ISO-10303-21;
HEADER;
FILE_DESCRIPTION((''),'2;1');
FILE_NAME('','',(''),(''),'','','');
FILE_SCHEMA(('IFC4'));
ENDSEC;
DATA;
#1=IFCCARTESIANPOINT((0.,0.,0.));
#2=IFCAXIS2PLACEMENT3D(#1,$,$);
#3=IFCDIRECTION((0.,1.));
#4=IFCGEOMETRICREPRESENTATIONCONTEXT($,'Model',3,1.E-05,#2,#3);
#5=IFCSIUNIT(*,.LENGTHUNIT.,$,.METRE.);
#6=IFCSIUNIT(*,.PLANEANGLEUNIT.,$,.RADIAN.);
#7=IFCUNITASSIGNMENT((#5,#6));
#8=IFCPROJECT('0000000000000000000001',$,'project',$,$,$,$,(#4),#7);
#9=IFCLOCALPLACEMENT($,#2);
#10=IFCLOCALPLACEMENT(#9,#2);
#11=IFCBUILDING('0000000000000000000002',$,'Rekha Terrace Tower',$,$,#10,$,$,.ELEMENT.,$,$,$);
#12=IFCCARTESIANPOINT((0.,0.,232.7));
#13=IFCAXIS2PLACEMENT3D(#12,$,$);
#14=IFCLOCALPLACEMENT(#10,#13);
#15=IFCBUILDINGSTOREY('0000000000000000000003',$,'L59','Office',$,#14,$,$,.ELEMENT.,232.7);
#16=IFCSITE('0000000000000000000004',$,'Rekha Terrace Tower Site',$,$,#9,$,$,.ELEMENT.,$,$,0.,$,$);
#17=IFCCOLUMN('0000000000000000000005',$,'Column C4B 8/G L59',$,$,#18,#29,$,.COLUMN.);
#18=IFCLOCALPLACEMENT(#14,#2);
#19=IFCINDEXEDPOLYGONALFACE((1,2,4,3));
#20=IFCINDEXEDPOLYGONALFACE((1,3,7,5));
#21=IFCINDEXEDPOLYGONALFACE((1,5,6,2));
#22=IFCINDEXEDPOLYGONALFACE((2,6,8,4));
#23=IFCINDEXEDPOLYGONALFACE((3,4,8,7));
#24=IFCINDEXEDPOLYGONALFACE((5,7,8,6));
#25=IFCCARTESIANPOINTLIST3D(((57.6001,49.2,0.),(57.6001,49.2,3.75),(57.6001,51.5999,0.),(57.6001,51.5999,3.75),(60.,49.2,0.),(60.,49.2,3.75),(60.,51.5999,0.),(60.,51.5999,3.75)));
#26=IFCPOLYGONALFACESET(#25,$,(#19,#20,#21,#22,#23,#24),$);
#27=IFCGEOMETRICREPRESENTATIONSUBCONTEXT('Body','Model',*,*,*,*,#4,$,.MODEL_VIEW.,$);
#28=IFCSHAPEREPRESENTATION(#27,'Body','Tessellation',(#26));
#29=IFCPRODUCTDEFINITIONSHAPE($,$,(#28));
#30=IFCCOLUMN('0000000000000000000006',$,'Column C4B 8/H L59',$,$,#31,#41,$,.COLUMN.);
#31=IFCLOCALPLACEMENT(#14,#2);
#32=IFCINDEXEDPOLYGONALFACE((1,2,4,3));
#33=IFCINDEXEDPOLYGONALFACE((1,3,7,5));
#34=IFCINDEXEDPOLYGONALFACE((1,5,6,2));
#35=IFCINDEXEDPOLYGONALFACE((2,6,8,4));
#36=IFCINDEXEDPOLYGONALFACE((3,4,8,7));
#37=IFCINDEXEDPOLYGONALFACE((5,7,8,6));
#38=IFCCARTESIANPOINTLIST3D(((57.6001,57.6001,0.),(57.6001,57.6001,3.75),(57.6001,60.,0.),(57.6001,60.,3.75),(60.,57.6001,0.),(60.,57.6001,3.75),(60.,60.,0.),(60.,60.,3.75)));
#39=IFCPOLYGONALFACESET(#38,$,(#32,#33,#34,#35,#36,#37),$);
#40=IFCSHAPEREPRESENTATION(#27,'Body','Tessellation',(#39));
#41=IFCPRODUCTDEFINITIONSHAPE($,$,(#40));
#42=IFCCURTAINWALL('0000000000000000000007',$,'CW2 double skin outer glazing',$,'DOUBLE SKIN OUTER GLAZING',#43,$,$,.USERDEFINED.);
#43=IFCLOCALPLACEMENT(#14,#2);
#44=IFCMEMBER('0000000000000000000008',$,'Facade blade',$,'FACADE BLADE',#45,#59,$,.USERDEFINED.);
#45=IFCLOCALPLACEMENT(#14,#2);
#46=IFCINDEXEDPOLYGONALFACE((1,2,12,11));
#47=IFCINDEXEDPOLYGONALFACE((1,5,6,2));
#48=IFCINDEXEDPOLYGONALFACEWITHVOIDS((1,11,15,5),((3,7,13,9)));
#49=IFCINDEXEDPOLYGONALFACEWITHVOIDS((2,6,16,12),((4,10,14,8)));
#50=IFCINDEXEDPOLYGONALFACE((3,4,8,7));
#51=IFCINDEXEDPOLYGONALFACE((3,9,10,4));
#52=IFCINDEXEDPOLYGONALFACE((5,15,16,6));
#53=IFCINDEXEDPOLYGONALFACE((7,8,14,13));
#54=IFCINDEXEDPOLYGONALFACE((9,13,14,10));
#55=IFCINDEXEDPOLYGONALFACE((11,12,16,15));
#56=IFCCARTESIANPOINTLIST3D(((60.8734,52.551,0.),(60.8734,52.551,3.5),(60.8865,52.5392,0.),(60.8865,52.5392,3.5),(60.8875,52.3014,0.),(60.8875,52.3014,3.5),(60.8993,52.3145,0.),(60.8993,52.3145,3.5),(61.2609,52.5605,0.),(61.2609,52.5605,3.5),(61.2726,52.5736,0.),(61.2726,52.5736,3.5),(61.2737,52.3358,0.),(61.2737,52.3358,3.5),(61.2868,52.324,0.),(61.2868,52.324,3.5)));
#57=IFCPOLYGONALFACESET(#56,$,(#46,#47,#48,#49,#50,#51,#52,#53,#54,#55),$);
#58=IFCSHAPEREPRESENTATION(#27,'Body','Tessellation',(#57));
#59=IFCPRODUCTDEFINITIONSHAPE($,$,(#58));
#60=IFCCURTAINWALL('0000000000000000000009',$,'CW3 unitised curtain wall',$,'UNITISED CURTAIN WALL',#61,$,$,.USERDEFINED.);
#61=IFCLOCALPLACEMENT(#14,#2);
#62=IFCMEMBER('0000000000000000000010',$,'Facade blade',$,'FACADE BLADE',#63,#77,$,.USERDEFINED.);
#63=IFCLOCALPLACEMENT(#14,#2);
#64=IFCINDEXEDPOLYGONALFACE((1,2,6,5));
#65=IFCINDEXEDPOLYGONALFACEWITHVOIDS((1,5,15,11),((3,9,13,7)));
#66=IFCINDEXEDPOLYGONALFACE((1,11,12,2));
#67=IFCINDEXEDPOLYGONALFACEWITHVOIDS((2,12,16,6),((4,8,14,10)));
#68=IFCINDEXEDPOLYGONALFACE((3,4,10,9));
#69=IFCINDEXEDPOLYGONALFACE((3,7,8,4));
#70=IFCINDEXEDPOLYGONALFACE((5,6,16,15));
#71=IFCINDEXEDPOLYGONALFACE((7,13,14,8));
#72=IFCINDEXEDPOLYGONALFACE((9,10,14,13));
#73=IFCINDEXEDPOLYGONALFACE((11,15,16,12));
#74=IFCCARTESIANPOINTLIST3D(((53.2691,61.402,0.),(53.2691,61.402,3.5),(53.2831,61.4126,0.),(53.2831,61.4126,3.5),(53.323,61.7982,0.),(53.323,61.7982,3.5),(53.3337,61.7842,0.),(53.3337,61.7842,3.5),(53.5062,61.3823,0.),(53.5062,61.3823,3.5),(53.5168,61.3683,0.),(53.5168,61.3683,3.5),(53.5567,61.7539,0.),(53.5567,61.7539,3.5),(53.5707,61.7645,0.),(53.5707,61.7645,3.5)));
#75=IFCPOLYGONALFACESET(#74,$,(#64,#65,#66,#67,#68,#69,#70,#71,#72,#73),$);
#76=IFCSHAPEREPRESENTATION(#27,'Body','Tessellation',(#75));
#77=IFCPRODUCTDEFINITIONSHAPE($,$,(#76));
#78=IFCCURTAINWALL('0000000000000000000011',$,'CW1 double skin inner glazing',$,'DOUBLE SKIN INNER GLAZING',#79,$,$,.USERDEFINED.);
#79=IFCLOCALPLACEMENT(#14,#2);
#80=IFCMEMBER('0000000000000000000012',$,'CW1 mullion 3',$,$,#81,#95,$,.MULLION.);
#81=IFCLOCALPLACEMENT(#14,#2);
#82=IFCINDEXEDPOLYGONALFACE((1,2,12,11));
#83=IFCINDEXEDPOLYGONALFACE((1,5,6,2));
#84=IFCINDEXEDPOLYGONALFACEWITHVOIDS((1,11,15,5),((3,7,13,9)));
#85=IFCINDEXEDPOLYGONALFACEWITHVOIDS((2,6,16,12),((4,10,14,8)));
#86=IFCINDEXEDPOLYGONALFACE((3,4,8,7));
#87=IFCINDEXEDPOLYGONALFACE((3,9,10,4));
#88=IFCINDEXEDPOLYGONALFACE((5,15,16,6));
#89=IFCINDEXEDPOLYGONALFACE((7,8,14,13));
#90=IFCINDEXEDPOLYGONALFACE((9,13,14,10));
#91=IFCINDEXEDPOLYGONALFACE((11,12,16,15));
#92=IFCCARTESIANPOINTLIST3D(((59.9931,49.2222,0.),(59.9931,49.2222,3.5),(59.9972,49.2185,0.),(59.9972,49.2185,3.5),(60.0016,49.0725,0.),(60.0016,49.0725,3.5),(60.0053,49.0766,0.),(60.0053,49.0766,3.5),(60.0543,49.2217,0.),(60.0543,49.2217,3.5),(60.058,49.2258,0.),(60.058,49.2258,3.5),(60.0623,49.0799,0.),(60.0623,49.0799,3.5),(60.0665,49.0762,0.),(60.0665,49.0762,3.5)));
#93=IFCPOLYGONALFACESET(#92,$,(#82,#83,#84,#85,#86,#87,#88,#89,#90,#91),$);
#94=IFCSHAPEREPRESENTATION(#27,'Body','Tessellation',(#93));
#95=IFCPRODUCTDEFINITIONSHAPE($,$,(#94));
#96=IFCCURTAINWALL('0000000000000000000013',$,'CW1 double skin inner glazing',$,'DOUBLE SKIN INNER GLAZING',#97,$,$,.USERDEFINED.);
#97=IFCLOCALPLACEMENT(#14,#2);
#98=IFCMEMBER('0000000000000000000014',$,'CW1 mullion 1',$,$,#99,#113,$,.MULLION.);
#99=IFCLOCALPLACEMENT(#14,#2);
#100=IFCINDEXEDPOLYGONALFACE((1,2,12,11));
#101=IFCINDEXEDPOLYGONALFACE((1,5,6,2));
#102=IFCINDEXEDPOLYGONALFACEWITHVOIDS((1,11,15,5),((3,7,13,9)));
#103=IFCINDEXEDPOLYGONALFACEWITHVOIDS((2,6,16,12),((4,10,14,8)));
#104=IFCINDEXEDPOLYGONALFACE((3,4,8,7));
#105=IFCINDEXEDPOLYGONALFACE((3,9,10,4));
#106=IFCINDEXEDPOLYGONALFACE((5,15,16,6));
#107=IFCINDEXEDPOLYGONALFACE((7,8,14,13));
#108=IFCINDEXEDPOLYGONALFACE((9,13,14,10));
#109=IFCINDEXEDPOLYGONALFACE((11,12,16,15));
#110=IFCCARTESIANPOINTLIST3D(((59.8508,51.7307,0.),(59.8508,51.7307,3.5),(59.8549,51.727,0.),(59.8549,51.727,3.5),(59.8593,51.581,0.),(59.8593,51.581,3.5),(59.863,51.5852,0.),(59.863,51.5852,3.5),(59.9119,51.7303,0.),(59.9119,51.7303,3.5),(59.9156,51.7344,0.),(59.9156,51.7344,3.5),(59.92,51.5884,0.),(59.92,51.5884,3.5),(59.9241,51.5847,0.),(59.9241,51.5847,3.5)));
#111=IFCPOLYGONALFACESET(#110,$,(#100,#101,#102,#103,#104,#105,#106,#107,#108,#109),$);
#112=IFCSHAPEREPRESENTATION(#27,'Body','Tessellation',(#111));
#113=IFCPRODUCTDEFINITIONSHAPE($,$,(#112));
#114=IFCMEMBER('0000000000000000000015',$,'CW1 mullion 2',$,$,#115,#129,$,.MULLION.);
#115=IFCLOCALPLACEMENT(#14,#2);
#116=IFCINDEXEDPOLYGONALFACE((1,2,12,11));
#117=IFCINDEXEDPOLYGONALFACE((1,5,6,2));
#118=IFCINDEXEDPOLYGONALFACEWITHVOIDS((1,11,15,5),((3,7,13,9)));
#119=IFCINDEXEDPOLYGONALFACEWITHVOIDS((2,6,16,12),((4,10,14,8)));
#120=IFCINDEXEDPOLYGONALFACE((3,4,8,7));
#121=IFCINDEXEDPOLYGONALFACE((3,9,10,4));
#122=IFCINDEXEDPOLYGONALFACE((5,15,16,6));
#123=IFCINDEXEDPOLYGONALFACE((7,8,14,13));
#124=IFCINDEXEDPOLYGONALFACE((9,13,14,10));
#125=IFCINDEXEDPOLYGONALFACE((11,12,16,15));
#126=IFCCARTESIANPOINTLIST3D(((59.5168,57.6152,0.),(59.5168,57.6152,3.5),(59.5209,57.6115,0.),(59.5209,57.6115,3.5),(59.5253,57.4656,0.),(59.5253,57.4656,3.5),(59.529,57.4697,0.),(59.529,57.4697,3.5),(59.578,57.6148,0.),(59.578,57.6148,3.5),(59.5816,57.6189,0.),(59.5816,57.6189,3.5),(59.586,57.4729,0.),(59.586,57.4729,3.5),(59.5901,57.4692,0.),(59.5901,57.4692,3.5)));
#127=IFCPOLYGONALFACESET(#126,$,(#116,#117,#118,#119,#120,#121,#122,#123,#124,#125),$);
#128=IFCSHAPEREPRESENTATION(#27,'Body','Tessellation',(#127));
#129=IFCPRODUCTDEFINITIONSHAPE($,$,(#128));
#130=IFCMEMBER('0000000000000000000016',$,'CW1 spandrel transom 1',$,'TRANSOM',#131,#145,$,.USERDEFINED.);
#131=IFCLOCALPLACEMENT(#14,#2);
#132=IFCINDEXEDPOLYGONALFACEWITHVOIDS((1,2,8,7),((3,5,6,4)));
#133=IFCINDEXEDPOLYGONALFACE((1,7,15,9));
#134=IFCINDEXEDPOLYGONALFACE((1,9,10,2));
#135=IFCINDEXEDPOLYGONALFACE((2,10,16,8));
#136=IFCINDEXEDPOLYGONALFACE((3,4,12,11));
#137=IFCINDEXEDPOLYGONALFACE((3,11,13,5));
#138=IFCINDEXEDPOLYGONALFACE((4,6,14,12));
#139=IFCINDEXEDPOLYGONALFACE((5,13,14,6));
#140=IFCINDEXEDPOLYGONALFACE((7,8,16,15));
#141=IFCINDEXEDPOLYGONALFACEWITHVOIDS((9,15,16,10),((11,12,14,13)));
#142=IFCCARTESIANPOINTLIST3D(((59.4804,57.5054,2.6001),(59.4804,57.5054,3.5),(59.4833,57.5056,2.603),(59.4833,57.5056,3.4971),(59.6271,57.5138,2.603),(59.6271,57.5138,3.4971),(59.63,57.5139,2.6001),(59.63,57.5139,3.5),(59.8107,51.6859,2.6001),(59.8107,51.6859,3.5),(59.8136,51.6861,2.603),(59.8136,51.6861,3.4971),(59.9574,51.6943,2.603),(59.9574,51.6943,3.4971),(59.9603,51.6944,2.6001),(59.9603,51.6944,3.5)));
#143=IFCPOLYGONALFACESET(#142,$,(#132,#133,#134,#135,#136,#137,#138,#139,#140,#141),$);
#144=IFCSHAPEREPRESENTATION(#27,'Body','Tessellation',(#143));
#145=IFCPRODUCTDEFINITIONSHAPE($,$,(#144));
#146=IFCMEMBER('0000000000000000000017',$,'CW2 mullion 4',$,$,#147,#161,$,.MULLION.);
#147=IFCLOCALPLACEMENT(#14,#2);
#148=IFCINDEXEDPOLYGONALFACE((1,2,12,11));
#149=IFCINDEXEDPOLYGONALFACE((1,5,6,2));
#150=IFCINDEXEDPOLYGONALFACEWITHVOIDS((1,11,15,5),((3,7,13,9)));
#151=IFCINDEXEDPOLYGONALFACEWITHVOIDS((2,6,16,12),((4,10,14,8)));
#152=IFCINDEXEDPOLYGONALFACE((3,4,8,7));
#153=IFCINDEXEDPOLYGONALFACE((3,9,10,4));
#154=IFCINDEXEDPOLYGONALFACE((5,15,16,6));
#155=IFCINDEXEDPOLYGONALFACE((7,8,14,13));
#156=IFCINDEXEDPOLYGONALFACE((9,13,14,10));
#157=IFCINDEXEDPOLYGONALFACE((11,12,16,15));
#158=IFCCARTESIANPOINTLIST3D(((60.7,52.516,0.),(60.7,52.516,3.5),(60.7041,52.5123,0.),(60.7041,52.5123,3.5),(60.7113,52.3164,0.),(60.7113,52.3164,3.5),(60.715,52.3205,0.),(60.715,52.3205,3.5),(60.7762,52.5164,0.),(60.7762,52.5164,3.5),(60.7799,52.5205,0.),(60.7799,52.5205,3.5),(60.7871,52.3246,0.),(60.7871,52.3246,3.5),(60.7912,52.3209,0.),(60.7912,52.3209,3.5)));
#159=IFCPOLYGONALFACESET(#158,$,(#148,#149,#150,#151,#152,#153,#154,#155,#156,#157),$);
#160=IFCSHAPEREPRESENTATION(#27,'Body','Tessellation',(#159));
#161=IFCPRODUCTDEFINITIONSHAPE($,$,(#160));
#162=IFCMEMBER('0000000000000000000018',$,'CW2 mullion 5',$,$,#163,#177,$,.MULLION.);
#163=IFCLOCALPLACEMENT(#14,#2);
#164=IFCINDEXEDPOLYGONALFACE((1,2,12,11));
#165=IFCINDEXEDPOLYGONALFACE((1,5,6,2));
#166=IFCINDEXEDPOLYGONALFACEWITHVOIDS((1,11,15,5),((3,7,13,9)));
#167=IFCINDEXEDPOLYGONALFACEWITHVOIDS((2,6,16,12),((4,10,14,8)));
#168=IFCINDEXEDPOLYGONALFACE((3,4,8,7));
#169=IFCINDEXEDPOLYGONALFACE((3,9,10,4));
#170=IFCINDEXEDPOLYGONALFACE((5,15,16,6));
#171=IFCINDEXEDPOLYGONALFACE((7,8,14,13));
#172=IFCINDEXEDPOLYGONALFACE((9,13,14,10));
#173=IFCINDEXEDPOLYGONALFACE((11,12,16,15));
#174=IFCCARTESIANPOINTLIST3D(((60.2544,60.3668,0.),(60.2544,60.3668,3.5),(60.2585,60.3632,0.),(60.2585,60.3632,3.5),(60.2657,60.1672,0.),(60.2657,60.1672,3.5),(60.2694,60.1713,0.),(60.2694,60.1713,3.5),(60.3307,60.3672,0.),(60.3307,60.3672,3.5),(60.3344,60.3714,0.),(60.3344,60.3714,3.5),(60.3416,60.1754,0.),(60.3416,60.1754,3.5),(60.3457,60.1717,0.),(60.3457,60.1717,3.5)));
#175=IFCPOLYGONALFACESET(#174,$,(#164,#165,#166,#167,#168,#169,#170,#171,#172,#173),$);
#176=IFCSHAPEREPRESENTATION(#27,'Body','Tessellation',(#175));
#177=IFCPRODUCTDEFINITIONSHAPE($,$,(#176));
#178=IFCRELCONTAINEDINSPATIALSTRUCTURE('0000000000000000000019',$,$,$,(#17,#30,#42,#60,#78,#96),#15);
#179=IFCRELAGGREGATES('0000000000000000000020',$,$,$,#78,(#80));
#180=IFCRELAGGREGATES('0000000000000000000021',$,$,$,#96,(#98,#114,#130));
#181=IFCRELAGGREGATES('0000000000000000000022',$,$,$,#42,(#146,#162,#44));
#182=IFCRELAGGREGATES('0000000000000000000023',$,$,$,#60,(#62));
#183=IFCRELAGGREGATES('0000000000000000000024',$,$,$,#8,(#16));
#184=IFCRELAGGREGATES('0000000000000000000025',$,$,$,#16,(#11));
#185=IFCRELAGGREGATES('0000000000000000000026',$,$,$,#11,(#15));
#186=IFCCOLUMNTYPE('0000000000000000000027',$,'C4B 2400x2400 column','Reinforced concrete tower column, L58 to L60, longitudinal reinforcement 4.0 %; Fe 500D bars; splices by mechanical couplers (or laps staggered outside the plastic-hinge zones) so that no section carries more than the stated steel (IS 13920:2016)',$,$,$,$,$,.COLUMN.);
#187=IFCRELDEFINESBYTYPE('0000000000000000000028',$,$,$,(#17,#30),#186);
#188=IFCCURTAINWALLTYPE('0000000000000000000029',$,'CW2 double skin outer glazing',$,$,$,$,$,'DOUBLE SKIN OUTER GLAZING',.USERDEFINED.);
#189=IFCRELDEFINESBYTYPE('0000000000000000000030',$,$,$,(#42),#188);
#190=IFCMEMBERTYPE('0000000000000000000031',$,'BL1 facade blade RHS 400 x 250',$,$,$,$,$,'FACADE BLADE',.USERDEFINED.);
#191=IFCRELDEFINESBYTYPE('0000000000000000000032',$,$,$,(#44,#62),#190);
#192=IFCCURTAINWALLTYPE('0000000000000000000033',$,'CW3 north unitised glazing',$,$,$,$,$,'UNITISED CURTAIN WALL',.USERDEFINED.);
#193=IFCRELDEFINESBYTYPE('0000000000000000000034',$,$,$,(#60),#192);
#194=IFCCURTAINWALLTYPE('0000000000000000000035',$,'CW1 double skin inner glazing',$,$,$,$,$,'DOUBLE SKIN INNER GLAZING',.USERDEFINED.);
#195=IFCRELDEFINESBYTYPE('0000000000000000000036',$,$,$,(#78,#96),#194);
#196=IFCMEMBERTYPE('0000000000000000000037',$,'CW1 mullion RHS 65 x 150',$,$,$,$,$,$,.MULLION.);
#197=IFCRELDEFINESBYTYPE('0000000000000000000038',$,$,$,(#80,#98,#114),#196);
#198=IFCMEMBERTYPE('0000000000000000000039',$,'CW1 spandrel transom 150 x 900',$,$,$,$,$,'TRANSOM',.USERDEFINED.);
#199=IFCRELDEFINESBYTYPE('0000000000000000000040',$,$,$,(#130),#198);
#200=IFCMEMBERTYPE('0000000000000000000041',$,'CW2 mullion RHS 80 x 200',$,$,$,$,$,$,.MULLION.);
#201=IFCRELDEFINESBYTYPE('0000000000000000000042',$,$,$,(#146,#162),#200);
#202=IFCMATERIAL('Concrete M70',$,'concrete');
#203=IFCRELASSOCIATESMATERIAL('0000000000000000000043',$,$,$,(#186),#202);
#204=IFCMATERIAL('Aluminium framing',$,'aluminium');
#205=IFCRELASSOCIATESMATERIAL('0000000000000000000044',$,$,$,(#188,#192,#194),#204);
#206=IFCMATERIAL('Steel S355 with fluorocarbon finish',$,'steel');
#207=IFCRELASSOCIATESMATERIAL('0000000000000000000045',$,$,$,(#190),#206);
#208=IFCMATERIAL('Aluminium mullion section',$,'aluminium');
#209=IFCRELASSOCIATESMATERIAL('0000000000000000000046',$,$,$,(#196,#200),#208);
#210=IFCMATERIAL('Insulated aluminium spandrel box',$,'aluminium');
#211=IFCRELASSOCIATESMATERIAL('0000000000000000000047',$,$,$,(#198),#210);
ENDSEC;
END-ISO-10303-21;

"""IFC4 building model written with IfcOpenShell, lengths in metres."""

from ifc_helpers import new_model, si_unit, direction, frame, origin, origin_2d, place, context, subcontext, project, spatial, rectangle, hollow_rectangle, extrude, material, material_profile, profile_set, type_object, element, aggregate, save


model = new_model("IFC4")

# Units and contexts
model_context = context("Model", 3, precision=1e-05, world=origin(), true_north=direction((0.0, 1.0)))
body_context = subcontext(model_context, "Body", "Model", "MODEL_VIEW")
ifc_project = project(units=[si_unit("LENGTHUNIT", "METRE"), si_unit("PLANEANGLEUNIT", "RADIAN")], contexts=[model_context])

# Site, building, storey
site_placement = place(None, origin())
site = spatial("IfcSite", under=ifc_project, at=site_placement, Name="Rekha Terrace Tower Site", CompositionType="ELEMENT", RefElevation=0.0)
building_placement = place(site_placement, origin())
building = spatial("IfcBuilding", under=site, at=building_placement, Name="Rekha Terrace Tower", CompositionType="ELEMENT")
storey_placement = place(building_placement, frame((0.0, 0.0, 232.7)))
storey = spatial("IfcBuildingStorey", under=building, at=storey_placement, Name="L59", Description="Office", CompositionType="ELEMENT", Elevation=232.7)

# Columns
ifc_material_1 = material(Name="Concrete M70", Category="concrete")
ifc_material_profile_1 = material_profile(ifc_material_1, rectangle(XDim=2.3999, YDim=2.3999, at=origin_2d()), Name="RC 2400x2400")
ifc_profile_set_1 = profile_set([ifc_material_profile_1], Name="Concrete M70")
column_type = type_object("IfcColumnType", Name="C4B 2400x2400 column", Description="Reinforced concrete tower column, L58 to L60, longitudinal reinforcement 4.0 %; Fe 500D bars; splices by mechanical couplers (or laps staggered outside the plastic-hinge zones) so that no section carries more than the stated steel (IS 13920:2016)", PredefinedType="COLUMN", material=ifc_profile_set_1)
for number, where, z_axis, x_axis, name in (
    (1, (58.8, 50.3999, 0.0), (0.0, 0.0, 1.0), (1.0, 0.0, 0.0), "Column C4B 8/G L59"),
    (2, (58.8, 58.8, 0.0), (0.0, 0.0, 1.0), (1.0, 0.0, 0.0), "Column C4B 8/H L59"),
):
    element("IfcColumn", number, at=place(storey_placement, frame(where, z_axis=z_axis, x_axis=x_axis)), inside=storey, type_object=column_type, Name=name, PredefinedType="COLUMN", context=body_context, shape_type="SweptSolid", body=[
        extrude(rectangle(XDim=2.3999, YDim=2.3999, at=origin_2d()), origin(), (0.0, 0.0, 1.0), 3.75),
    ])

# Curtain walls, members
ifc_material_2 = material(Name="Aluminium framing", Category="aluminium")
curtain_wall_type_1 = type_object("IfcCurtainWallType", Name="CW2 double skin outer glazing", ElementType="DOUBLE SKIN OUTER GLAZING", PredefinedType="USERDEFINED", material=ifc_material_2)
curtain_wall_1_placement = place(storey_placement, origin())
curtain_wall_1 = element("IfcCurtainWall", 3, at=curtain_wall_1_placement, inside=storey, type_object=curtain_wall_type_1, Name="CW2 double skin outer glazing", ObjectType="DOUBLE SKIN OUTER GLAZING", PredefinedType="USERDEFINED")
ifc_material_3 = material(Name="Steel S355 with fluorocarbon finish", Category="steel")
ifc_material_profile_2 = material_profile(ifc_material_3, hollow_rectangle(XDim=0.25, YDim=0.3999, WallThickness=0.0125, at=origin_2d()), Name="RHS400x250x12.5")
ifc_profile_set_2 = profile_set([ifc_material_profile_2], Name="Steel S355 with fluorocarbon finish")
member_type_1 = type_object("IfcMemberType", Name="BL1 facade blade RHS 400 x 250", ElementType="FACADE BLADE", PredefinedType="USERDEFINED", material=ifc_profile_set_2)
member_1_placement = place(storey_placement, frame((61.0801, 52.4375, 0.0), z_axis=(0.0, 0.0, 1.0), x_axis=(-0.056674, 0.998393, 0.0)))
member_1 = element("IfcMember", 4, at=member_1_placement, type_object=member_type_1, Name="Facade blade", ObjectType="FACADE BLADE", PredefinedType="USERDEFINED", context=body_context, shape_type="SweptSolid", body=[
    extrude(hollow_rectangle(XDim=0.25, YDim=0.3999, WallThickness=0.0125, at=origin_2d()), origin(), (0.0, 0.0, 1.0), 3.5),
])
curtain_wall_type_2 = type_object("IfcCurtainWallType", Name="CW3 north unitised glazing", ElementType="UNITISED CURTAIN WALL", PredefinedType="USERDEFINED", material=ifc_material_2)
curtain_wall_2_placement = place(storey_placement, origin())
curtain_wall_2 = element("IfcCurtainWall", 5, at=curtain_wall_2_placement, inside=storey, type_object=curtain_wall_type_2, Name="CW3 unitised curtain wall", ObjectType="UNITISED CURTAIN WALL", PredefinedType="USERDEFINED")
member_2_placement = place(storey_placement, frame((53.4199, 61.5833, 0.0), z_axis=(0.0, 0.0, 1.0), x_axis=(-0.990867, 0.134841, 0.0)))
member_2 = element("IfcMember", 6, at=member_2_placement, type_object=member_type_1, Name="Facade blade", ObjectType="FACADE BLADE", PredefinedType="USERDEFINED", context=body_context, shape_type="SweptSolid", body=[
    extrude(hollow_rectangle(XDim=0.25, YDim=0.3999, WallThickness=0.0125, at=origin_2d()), origin(), (0.0, 0.0, 1.0), 3.5),
])
curtain_wall_type_3 = type_object("IfcCurtainWallType", Name="CW1 double skin inner glazing", ElementType="DOUBLE SKIN INNER GLAZING", PredefinedType="USERDEFINED", material=ifc_material_2)
curtain_wall_3_placement = place(storey_placement, origin())
curtain_wall_3 = element("IfcCurtainWall", 7, at=curtain_wall_3_placement, inside=storey, type_object=curtain_wall_type_3, Name="CW1 double skin inner glazing", ObjectType="DOUBLE SKIN INNER GLAZING", PredefinedType="USERDEFINED")
ifc_material_4 = material(Name="Aluminium mullion section", Category="aluminium")
ifc_material_profile_3 = material_profile(ifc_material_4, hollow_rectangle(XDim=0.0649, YDim=0.1499, WallThickness=0.0039, at=origin_2d()), Name="AL RHS 65x150")
ifc_profile_set_3 = profile_set([ifc_material_profile_3], Name="Aluminium mullion section")
member_type_2 = type_object("IfcMemberType", Name="CW1 mullion RHS 65 x 150", PredefinedType="MULLION", material=ifc_profile_set_3)
member_3_placement = place(storey_placement, frame((60.0298, 49.1492, 0.0), z_axis=(0.0, 0.0, 1.0), x_axis=(-0.998393, -0.056673, 0.0)))
member_3 = element("IfcMember", 8, at=member_3_placement, type_object=member_type_2, Name="CW1 mullion 3", PredefinedType="MULLION", context=body_context, shape_type="SweptSolid", body=[
    extrude(hollow_rectangle(XDim=0.0649, YDim=0.1499, WallThickness=0.0039, at=origin_2d()), origin(), (0.0, 0.0, 1.0), 3.5),
])
aggregate(curtain_wall_3, [member_3])

# Curtain wall, members
curtain_wall_4_placement = place(storey_placement, origin())
curtain_wall_4 = element("IfcCurtainWall", 9, at=curtain_wall_4_placement, inside=storey, type_object=curtain_wall_type_3, Name="CW1 double skin inner glazing", ObjectType="DOUBLE SKIN INNER GLAZING", PredefinedType="USERDEFINED")
member_4_placement = place(storey_placement, frame((59.8875, 51.6577, 0.0), z_axis=(0.0, 0.0, 1.0), x_axis=(-0.998393, -0.056673, 0.0)))
member_4 = element("IfcMember", 10, at=member_4_placement, type_object=member_type_2, Name="CW1 mullion 1", PredefinedType="MULLION", context=body_context, shape_type="SweptSolid", body=[
    extrude(hollow_rectangle(XDim=0.0649, YDim=0.1499, WallThickness=0.0039, at=origin_2d()), origin(), (0.0, 0.0, 1.0), 3.5),
])
member_5_placement = place(storey_placement, frame((59.5535, 57.5422, 0.0), z_axis=(0.0, 0.0, 1.0), x_axis=(-0.998393, -0.056673, 0.0)))
member_5 = element("IfcMember", 11, at=member_5_placement, type_object=member_type_2, Name="CW1 mullion 2", PredefinedType="MULLION", context=body_context, shape_type="SweptSolid", body=[
    extrude(hollow_rectangle(XDim=0.0649, YDim=0.1499, WallThickness=0.0039, at=origin_2d()), origin(), (0.0, 0.0, 1.0), 3.5),
])
ifc_material_5 = material(Name="Insulated aluminium spandrel box", Category="aluminium")
ifc_material_profile_4 = material_profile(ifc_material_5, hollow_rectangle(XDim=0.1499, YDim=0.8999, WallThickness=0.0029, at=origin_2d()), Name="AL SPANDREL BOX 150x900")
ifc_profile_set_4 = profile_set([ifc_material_profile_4], Name="Insulated aluminium spandrel box")
member_type_3 = type_object("IfcMemberType", Name="CW1 spandrel transom 150 x 900", ElementType="TRANSOM", PredefinedType="USERDEFINED", material=ifc_profile_set_4)
member_6_placement = place(storey_placement, frame((59.8855, 51.6902, 3.05), z_axis=(-0.056669, 0.998393, 0.0), x_axis=(-0.998393, -0.056669, 0.0)))
member_6 = element("IfcMember", 12, at=member_6_placement, type_object=member_type_3, Name="CW1 spandrel transom 1", ObjectType="TRANSOM", PredefinedType="USERDEFINED", context=body_context, shape_type="SweptSolid", body=[
    extrude(hollow_rectangle(XDim=0.1499, YDim=0.8999, WallThickness=0.0029, at=origin_2d()), origin(), (0.0, 0.0, 1.0), 5.8289),
])

# Members
ifc_material_profile_5 = material_profile(ifc_material_4, hollow_rectangle(XDim=0.0801, YDim=0.2, WallThickness=0.0039, at=origin_2d()), Name="AL RHS 80x200")
ifc_profile_set_5 = profile_set([ifc_material_profile_5], Name="Aluminium mullion section")
member_type_4 = type_object("IfcMemberType", Name="CW2 mullion RHS 80 x 200", PredefinedType="MULLION", material=ifc_profile_set_5)
member_7_placement = place(storey_placement, frame((60.7456, 52.4185, 0.0), z_axis=(0.0, 0.0, 1.0), x_axis=(-0.998393, -0.056673, 0.0)))
member_7 = element("IfcMember", 13, at=member_7_placement, type_object=member_type_4, Name="CW2 mullion 4", PredefinedType="MULLION", context=body_context, shape_type="SweptSolid", body=[
    extrude(hollow_rectangle(XDim=0.0801, YDim=0.2, WallThickness=0.0039, at=origin_2d()), origin(), (0.0, 0.0, 1.0), 3.5),
])
member_8_placement = place(storey_placement, frame((60.3, 60.2693, 0.0), z_axis=(0.0, 0.0, 1.0), x_axis=(-0.998393, -0.056673, 0.0)))
member_8 = element("IfcMember", 14, at=member_8_placement, type_object=member_type_4, Name="CW2 mullion 5", PredefinedType="MULLION", context=body_context, shape_type="SweptSolid", body=[
    extrude(hollow_rectangle(XDim=0.0801, YDim=0.2, WallThickness=0.0039, at=origin_2d()), origin(), (0.0, 0.0, 1.0), 3.5),
])

aggregate(curtain_wall_4, [member_4, member_5, member_6])
aggregate(curtain_wall_1, [member_7, member_8, member_1])
aggregate(curtain_wall_2, [member_2])

save(model, "model.ifc")
